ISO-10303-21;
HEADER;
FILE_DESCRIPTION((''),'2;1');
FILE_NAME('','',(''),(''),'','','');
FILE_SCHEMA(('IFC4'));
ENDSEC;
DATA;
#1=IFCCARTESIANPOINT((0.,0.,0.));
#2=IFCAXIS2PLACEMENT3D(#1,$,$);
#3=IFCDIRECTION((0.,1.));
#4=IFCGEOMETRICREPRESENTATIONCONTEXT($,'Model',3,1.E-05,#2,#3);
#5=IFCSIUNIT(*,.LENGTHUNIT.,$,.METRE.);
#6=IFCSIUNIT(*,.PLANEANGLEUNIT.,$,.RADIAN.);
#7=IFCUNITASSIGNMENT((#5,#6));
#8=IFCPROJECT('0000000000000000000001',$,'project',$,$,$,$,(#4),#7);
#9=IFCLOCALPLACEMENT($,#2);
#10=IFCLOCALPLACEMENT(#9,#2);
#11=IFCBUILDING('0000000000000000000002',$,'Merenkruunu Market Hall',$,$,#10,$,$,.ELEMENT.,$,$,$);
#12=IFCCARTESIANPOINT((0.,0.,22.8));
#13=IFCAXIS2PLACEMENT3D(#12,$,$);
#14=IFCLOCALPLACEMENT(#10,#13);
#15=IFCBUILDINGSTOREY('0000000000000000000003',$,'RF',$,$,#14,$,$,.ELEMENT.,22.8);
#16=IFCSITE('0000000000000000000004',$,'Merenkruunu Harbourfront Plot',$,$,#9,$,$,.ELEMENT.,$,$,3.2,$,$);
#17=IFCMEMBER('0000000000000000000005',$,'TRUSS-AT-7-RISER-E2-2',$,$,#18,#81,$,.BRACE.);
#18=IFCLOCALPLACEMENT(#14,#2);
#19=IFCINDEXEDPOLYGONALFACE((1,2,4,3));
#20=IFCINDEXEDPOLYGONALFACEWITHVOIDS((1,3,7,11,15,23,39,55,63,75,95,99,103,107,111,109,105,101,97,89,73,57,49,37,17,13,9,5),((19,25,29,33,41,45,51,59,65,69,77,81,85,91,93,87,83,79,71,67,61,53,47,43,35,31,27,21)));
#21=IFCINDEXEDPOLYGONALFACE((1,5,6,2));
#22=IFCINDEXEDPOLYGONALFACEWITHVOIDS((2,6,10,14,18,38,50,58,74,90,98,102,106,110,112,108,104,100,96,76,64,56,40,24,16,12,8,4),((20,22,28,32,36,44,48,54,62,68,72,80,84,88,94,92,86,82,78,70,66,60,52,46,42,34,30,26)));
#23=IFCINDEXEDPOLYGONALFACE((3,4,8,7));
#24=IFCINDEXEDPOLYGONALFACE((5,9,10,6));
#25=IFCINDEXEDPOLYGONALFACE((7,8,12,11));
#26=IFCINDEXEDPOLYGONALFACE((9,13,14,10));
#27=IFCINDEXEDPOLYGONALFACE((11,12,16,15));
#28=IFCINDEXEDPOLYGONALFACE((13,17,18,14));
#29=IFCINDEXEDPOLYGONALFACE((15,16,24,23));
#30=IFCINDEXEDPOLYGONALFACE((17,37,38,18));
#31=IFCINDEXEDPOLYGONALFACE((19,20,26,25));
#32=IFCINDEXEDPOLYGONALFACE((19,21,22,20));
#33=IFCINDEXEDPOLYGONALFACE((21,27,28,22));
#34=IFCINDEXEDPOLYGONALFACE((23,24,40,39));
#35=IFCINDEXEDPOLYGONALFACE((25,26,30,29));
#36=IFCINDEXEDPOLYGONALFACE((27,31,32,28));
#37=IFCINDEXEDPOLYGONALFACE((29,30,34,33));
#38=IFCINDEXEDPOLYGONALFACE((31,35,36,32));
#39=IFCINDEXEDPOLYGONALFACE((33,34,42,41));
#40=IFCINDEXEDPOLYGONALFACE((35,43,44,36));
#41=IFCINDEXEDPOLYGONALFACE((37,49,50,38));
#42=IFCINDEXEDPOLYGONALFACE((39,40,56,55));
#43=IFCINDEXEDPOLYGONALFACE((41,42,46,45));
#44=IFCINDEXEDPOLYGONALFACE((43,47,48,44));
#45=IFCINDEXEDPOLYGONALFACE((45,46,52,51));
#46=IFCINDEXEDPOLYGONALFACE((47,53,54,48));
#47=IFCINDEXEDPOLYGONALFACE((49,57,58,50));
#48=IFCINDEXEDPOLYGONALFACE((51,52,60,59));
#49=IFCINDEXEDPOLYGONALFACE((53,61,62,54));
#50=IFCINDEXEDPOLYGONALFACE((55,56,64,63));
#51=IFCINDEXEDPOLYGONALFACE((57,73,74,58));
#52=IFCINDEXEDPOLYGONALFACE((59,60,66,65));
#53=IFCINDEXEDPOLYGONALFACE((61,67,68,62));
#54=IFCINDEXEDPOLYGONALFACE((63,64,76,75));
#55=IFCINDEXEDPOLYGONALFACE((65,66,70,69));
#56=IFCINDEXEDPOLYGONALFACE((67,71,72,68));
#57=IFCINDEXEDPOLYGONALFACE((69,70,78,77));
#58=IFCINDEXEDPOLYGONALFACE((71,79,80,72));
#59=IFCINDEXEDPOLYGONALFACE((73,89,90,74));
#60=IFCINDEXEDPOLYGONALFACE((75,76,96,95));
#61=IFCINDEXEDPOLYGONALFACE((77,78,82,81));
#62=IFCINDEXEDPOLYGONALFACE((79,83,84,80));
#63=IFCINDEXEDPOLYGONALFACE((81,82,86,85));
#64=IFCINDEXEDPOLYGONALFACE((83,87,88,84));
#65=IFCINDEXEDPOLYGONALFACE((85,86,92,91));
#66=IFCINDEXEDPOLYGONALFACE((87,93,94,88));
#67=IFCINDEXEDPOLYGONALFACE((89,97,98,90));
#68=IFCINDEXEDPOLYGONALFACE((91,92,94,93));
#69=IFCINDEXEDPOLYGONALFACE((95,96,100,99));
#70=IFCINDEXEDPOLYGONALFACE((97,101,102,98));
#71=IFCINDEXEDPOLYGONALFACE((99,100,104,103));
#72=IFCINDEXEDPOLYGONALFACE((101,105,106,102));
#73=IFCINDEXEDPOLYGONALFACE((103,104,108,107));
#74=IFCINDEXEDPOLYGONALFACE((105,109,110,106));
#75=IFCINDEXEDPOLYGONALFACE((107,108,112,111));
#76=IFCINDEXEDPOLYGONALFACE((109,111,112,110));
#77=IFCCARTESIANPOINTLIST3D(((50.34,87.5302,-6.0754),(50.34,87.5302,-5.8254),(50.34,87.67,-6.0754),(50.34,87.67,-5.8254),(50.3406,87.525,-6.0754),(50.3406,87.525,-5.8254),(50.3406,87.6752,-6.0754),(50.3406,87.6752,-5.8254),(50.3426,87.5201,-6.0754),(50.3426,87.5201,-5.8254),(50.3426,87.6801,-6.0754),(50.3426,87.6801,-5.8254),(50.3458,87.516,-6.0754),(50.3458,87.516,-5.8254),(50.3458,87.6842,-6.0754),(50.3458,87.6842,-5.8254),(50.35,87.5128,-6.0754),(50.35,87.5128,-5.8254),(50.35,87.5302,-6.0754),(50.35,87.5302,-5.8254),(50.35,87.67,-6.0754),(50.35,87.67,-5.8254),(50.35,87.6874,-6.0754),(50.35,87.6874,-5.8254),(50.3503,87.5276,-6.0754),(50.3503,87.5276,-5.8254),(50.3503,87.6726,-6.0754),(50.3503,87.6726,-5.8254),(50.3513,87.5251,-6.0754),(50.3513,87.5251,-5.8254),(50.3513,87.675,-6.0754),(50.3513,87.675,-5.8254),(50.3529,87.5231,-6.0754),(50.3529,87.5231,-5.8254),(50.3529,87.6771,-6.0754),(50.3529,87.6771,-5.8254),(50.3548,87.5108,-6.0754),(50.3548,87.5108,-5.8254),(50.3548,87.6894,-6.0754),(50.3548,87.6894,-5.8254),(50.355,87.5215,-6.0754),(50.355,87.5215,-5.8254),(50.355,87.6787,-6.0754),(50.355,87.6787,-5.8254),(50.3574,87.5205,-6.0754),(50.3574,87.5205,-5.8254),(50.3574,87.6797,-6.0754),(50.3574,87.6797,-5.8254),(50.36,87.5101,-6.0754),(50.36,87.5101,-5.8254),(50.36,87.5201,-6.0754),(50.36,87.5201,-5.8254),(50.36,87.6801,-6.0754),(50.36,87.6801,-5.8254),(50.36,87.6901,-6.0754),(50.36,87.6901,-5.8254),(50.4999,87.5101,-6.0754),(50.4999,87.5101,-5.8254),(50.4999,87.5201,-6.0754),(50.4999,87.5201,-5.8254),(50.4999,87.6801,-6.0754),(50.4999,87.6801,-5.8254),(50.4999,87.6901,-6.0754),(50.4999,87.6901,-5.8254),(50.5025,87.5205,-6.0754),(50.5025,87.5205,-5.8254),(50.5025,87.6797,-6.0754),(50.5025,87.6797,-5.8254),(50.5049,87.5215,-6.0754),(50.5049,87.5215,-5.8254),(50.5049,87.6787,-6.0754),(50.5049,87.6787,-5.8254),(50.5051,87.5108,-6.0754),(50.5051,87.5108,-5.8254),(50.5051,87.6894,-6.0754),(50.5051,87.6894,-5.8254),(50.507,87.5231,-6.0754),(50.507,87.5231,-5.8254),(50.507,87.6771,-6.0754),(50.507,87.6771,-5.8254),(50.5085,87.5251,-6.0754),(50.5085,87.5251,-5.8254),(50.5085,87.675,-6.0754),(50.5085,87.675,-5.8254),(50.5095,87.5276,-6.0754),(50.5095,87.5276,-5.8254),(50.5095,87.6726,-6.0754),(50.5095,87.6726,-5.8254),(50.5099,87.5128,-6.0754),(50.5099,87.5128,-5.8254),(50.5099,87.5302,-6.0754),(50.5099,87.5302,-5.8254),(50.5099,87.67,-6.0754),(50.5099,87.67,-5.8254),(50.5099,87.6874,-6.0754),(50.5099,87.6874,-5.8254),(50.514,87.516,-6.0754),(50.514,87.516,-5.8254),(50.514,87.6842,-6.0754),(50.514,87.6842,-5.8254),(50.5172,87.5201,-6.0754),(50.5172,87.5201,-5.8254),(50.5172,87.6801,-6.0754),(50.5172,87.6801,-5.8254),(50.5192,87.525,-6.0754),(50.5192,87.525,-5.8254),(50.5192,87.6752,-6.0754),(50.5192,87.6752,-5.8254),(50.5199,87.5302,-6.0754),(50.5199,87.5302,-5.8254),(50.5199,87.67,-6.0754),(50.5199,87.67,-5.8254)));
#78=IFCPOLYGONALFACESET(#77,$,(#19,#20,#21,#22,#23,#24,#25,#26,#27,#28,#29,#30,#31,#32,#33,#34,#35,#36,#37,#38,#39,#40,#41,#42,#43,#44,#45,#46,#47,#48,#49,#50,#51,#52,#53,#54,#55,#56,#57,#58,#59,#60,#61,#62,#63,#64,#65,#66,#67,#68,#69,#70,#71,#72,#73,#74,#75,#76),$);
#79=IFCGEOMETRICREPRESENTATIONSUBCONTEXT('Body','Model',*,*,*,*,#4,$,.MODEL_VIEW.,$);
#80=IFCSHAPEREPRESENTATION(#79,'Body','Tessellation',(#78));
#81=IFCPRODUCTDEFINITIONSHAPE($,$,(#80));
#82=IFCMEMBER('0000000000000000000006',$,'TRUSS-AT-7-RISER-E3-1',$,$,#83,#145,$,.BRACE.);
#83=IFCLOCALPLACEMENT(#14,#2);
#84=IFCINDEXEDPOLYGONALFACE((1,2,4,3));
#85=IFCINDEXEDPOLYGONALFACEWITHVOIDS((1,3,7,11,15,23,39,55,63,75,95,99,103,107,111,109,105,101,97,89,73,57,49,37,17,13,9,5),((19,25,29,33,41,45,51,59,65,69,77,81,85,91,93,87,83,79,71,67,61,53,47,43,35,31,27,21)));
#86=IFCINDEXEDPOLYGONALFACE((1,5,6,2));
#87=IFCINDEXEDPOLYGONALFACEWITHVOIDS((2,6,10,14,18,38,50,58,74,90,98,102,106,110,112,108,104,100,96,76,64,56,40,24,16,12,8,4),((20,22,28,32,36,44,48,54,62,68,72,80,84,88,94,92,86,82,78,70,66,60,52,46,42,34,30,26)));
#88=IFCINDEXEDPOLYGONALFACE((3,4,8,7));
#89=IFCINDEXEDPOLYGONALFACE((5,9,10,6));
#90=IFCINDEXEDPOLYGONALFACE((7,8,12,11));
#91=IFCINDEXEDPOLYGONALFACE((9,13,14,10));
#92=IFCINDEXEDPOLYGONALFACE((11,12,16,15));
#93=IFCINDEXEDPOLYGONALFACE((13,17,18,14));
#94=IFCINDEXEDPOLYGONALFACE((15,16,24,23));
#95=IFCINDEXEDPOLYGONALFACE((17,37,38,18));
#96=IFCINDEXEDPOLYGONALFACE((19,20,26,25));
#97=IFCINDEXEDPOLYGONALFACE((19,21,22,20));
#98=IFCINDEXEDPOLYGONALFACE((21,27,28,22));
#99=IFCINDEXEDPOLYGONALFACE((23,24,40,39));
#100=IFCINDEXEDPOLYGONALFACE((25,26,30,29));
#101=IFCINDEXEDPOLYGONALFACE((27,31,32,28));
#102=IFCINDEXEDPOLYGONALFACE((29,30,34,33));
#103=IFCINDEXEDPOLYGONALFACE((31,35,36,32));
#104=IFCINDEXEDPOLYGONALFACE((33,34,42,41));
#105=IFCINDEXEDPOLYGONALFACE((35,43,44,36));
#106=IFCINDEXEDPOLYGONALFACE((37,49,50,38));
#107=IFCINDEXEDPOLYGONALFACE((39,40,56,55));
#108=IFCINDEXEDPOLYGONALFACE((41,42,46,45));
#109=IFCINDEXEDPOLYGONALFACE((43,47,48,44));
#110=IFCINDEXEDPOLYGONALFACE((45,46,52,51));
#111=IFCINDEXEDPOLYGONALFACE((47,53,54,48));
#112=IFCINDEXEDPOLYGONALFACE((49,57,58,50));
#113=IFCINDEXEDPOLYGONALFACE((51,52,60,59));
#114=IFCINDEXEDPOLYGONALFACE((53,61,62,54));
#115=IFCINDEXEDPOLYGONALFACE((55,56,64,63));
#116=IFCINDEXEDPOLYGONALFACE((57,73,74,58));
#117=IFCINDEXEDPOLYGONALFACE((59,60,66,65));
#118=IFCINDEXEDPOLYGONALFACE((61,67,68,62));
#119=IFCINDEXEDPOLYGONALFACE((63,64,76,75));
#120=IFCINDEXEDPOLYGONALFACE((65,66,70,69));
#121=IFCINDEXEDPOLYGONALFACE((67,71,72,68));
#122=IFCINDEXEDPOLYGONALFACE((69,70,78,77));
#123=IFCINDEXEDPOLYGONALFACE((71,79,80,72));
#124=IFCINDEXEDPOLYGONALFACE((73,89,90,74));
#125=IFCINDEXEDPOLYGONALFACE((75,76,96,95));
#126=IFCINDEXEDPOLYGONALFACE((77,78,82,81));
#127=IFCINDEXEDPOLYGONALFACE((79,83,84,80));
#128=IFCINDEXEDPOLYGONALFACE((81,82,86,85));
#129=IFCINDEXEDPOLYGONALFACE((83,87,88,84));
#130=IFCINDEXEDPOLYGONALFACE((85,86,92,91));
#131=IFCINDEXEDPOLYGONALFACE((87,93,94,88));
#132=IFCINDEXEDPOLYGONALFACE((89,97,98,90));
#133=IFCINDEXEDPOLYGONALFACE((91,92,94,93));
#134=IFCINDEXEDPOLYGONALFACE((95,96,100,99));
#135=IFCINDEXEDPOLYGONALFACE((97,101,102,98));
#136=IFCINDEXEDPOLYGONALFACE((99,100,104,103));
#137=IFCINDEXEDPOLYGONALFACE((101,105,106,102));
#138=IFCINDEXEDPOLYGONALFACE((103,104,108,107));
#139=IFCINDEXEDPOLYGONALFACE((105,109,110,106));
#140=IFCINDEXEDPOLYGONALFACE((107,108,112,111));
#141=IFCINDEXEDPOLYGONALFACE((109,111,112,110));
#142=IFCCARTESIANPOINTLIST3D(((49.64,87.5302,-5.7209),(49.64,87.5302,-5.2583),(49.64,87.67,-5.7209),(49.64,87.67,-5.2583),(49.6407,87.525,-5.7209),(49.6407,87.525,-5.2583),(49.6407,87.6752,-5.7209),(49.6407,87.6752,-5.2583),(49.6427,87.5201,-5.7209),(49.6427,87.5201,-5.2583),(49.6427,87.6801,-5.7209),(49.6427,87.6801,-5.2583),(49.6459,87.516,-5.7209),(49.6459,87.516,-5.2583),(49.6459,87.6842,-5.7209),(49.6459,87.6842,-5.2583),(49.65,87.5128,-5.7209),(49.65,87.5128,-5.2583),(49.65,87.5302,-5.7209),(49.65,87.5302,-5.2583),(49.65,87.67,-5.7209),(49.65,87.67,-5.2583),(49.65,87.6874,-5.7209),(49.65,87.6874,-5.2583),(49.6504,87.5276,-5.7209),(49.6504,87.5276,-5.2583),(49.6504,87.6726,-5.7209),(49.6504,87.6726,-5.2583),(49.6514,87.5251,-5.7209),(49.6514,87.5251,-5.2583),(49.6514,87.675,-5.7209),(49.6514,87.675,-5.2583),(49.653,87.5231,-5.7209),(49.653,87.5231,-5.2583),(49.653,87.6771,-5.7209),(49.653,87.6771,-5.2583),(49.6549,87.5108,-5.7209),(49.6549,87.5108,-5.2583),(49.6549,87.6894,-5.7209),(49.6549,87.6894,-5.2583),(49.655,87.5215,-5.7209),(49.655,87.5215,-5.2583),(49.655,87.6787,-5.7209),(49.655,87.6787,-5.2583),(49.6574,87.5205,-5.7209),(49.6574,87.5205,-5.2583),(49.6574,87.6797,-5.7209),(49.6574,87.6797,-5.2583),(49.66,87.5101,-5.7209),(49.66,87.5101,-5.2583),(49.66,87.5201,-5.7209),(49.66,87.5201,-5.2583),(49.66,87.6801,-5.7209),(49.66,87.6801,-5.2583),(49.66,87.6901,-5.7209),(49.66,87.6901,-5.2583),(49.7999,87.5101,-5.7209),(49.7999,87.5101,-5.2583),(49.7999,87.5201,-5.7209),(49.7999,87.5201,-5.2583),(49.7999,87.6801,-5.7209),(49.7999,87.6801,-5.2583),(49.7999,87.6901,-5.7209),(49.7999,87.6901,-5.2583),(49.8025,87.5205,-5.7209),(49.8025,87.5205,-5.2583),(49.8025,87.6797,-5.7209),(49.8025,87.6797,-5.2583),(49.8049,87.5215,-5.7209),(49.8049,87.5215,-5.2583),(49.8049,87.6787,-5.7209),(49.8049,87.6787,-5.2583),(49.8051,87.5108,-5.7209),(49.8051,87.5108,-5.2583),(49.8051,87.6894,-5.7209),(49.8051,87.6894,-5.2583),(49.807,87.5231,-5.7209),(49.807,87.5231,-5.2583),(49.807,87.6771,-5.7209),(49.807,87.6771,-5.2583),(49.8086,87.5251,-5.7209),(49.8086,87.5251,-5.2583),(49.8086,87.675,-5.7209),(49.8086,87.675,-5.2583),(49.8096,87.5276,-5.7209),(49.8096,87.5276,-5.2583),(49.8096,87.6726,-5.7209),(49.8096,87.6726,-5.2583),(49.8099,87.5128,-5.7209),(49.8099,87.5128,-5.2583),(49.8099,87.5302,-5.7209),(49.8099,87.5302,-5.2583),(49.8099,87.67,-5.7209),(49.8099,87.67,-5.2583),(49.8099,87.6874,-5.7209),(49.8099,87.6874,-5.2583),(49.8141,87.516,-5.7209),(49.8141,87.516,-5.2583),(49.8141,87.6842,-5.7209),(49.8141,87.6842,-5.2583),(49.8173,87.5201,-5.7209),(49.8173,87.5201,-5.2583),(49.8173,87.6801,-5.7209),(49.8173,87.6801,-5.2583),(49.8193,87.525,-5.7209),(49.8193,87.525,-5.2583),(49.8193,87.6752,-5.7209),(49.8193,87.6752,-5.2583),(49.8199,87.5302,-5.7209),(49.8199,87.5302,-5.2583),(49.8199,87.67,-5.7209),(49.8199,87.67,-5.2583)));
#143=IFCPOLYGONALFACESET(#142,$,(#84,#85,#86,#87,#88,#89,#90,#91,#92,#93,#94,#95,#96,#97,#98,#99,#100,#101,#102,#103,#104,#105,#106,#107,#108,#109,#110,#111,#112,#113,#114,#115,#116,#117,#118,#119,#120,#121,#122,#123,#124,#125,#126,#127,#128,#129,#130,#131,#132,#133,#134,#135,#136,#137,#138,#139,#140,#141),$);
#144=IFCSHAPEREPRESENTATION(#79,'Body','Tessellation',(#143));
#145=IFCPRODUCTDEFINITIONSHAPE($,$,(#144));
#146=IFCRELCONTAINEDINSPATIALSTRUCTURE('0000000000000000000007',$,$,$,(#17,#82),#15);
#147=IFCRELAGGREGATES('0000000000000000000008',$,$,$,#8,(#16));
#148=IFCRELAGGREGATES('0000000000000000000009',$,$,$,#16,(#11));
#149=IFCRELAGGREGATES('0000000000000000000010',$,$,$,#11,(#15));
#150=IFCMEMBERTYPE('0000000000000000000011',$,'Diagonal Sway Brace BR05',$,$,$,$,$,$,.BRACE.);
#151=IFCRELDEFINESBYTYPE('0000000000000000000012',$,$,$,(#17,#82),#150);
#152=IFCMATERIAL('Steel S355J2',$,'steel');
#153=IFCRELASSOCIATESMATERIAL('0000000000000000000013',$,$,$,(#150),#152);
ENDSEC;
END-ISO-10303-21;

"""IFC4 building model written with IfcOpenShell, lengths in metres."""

from ifc_helpers import new_model, si_unit, direction, frame, origin, origin_2d, place, context, subcontext, project, spatial, hollow_rectangle, extrude, material, material_profile, profile_set, type_object, element, save


model = new_model("IFC4")

# Units and contexts
model_context = context("Model", 3, precision=1e-05, world=origin(), true_north=direction((0.0, 1.0)))
body_context = subcontext(model_context, "Body", "Model", "MODEL_VIEW")
ifc_project = project(units=[si_unit("LENGTHUNIT", "METRE"), si_unit("PLANEANGLEUNIT", "RADIAN")], contexts=[model_context])

# Site, building, storey
site_placement = place(None, origin())
site = spatial("IfcSite", under=ifc_project, at=site_placement, Name="Merenkruunu Harbourfront Plot", CompositionType="ELEMENT", RefElevation=3.2)
building_placement = place(site_placement, origin())
building = spatial("IfcBuilding", under=site, at=building_placement, Name="Merenkruunu Market Hall", CompositionType="ELEMENT")
storey_placement = place(building_placement, frame((0.0, 0.0, 22.8)))
storey = spatial("IfcBuildingStorey", under=building, at=storey_placement, Name="RF", CompositionType="ELEMENT", Elevation=22.8)

# Members
ifc_material_1 = material(Name="Steel S355J2", Category="steel")
ifc_material_profile_1 = material_profile(ifc_material_1, hollow_rectangle(XDim=0.1799, YDim=0.1799, WallThickness=0.01, InnerFilletRadius=0.01, OuterFilletRadius=0.02, at=origin_2d()), Name="SHS 180x180x10")
ifc_profile_set_1 = profile_set([ifc_material_profile_1], Name="Steel S355J2")
member_type_1 = type_object("IfcMemberType", Name="Diagonal Sway Brace BR05", PredefinedType="BRACE", material=ifc_profile_set_1)
member_1_placement = place(storey_placement, frame((50.4299, 87.6001, -6.0754), z_axis=(0.0, 0.0, 1.0), x_axis=(1.0, 0.0, 0.0)))
element("IfcMember", 1, at=member_1_placement, inside=storey, type_object=member_type_1, Name="TRUSS-AT-7-RISER-E2-2", PredefinedType="BRACE", context=body_context, shape_type="SweptSolid", body=[
    extrude(hollow_rectangle(XDim=0.1799, YDim=0.1799, WallThickness=0.01, InnerFilletRadius=0.01, OuterFilletRadius=0.02, at=origin_2d()), origin(), (0.0, 0.0, 1.0), 0.25),
])
member_2_placement = place(storey_placement, frame((49.73, 87.6001, -5.7209), z_axis=(0.0, 0.0, 1.0), x_axis=(1.0, 0.0, 0.0)))
element("IfcMember", 2, at=member_2_placement, inside=storey, type_object=member_type_1, Name="TRUSS-AT-7-RISER-E3-1", PredefinedType="BRACE", context=body_context, shape_type="SweptSolid", body=[
    extrude(hollow_rectangle(XDim=0.1799, YDim=0.1799, WallThickness=0.01, InnerFilletRadius=0.01, OuterFilletRadius=0.02, at=origin_2d()), origin(), (0.0, 0.0, 1.0), 0.4626),
])

save(model, "model.ifc")
